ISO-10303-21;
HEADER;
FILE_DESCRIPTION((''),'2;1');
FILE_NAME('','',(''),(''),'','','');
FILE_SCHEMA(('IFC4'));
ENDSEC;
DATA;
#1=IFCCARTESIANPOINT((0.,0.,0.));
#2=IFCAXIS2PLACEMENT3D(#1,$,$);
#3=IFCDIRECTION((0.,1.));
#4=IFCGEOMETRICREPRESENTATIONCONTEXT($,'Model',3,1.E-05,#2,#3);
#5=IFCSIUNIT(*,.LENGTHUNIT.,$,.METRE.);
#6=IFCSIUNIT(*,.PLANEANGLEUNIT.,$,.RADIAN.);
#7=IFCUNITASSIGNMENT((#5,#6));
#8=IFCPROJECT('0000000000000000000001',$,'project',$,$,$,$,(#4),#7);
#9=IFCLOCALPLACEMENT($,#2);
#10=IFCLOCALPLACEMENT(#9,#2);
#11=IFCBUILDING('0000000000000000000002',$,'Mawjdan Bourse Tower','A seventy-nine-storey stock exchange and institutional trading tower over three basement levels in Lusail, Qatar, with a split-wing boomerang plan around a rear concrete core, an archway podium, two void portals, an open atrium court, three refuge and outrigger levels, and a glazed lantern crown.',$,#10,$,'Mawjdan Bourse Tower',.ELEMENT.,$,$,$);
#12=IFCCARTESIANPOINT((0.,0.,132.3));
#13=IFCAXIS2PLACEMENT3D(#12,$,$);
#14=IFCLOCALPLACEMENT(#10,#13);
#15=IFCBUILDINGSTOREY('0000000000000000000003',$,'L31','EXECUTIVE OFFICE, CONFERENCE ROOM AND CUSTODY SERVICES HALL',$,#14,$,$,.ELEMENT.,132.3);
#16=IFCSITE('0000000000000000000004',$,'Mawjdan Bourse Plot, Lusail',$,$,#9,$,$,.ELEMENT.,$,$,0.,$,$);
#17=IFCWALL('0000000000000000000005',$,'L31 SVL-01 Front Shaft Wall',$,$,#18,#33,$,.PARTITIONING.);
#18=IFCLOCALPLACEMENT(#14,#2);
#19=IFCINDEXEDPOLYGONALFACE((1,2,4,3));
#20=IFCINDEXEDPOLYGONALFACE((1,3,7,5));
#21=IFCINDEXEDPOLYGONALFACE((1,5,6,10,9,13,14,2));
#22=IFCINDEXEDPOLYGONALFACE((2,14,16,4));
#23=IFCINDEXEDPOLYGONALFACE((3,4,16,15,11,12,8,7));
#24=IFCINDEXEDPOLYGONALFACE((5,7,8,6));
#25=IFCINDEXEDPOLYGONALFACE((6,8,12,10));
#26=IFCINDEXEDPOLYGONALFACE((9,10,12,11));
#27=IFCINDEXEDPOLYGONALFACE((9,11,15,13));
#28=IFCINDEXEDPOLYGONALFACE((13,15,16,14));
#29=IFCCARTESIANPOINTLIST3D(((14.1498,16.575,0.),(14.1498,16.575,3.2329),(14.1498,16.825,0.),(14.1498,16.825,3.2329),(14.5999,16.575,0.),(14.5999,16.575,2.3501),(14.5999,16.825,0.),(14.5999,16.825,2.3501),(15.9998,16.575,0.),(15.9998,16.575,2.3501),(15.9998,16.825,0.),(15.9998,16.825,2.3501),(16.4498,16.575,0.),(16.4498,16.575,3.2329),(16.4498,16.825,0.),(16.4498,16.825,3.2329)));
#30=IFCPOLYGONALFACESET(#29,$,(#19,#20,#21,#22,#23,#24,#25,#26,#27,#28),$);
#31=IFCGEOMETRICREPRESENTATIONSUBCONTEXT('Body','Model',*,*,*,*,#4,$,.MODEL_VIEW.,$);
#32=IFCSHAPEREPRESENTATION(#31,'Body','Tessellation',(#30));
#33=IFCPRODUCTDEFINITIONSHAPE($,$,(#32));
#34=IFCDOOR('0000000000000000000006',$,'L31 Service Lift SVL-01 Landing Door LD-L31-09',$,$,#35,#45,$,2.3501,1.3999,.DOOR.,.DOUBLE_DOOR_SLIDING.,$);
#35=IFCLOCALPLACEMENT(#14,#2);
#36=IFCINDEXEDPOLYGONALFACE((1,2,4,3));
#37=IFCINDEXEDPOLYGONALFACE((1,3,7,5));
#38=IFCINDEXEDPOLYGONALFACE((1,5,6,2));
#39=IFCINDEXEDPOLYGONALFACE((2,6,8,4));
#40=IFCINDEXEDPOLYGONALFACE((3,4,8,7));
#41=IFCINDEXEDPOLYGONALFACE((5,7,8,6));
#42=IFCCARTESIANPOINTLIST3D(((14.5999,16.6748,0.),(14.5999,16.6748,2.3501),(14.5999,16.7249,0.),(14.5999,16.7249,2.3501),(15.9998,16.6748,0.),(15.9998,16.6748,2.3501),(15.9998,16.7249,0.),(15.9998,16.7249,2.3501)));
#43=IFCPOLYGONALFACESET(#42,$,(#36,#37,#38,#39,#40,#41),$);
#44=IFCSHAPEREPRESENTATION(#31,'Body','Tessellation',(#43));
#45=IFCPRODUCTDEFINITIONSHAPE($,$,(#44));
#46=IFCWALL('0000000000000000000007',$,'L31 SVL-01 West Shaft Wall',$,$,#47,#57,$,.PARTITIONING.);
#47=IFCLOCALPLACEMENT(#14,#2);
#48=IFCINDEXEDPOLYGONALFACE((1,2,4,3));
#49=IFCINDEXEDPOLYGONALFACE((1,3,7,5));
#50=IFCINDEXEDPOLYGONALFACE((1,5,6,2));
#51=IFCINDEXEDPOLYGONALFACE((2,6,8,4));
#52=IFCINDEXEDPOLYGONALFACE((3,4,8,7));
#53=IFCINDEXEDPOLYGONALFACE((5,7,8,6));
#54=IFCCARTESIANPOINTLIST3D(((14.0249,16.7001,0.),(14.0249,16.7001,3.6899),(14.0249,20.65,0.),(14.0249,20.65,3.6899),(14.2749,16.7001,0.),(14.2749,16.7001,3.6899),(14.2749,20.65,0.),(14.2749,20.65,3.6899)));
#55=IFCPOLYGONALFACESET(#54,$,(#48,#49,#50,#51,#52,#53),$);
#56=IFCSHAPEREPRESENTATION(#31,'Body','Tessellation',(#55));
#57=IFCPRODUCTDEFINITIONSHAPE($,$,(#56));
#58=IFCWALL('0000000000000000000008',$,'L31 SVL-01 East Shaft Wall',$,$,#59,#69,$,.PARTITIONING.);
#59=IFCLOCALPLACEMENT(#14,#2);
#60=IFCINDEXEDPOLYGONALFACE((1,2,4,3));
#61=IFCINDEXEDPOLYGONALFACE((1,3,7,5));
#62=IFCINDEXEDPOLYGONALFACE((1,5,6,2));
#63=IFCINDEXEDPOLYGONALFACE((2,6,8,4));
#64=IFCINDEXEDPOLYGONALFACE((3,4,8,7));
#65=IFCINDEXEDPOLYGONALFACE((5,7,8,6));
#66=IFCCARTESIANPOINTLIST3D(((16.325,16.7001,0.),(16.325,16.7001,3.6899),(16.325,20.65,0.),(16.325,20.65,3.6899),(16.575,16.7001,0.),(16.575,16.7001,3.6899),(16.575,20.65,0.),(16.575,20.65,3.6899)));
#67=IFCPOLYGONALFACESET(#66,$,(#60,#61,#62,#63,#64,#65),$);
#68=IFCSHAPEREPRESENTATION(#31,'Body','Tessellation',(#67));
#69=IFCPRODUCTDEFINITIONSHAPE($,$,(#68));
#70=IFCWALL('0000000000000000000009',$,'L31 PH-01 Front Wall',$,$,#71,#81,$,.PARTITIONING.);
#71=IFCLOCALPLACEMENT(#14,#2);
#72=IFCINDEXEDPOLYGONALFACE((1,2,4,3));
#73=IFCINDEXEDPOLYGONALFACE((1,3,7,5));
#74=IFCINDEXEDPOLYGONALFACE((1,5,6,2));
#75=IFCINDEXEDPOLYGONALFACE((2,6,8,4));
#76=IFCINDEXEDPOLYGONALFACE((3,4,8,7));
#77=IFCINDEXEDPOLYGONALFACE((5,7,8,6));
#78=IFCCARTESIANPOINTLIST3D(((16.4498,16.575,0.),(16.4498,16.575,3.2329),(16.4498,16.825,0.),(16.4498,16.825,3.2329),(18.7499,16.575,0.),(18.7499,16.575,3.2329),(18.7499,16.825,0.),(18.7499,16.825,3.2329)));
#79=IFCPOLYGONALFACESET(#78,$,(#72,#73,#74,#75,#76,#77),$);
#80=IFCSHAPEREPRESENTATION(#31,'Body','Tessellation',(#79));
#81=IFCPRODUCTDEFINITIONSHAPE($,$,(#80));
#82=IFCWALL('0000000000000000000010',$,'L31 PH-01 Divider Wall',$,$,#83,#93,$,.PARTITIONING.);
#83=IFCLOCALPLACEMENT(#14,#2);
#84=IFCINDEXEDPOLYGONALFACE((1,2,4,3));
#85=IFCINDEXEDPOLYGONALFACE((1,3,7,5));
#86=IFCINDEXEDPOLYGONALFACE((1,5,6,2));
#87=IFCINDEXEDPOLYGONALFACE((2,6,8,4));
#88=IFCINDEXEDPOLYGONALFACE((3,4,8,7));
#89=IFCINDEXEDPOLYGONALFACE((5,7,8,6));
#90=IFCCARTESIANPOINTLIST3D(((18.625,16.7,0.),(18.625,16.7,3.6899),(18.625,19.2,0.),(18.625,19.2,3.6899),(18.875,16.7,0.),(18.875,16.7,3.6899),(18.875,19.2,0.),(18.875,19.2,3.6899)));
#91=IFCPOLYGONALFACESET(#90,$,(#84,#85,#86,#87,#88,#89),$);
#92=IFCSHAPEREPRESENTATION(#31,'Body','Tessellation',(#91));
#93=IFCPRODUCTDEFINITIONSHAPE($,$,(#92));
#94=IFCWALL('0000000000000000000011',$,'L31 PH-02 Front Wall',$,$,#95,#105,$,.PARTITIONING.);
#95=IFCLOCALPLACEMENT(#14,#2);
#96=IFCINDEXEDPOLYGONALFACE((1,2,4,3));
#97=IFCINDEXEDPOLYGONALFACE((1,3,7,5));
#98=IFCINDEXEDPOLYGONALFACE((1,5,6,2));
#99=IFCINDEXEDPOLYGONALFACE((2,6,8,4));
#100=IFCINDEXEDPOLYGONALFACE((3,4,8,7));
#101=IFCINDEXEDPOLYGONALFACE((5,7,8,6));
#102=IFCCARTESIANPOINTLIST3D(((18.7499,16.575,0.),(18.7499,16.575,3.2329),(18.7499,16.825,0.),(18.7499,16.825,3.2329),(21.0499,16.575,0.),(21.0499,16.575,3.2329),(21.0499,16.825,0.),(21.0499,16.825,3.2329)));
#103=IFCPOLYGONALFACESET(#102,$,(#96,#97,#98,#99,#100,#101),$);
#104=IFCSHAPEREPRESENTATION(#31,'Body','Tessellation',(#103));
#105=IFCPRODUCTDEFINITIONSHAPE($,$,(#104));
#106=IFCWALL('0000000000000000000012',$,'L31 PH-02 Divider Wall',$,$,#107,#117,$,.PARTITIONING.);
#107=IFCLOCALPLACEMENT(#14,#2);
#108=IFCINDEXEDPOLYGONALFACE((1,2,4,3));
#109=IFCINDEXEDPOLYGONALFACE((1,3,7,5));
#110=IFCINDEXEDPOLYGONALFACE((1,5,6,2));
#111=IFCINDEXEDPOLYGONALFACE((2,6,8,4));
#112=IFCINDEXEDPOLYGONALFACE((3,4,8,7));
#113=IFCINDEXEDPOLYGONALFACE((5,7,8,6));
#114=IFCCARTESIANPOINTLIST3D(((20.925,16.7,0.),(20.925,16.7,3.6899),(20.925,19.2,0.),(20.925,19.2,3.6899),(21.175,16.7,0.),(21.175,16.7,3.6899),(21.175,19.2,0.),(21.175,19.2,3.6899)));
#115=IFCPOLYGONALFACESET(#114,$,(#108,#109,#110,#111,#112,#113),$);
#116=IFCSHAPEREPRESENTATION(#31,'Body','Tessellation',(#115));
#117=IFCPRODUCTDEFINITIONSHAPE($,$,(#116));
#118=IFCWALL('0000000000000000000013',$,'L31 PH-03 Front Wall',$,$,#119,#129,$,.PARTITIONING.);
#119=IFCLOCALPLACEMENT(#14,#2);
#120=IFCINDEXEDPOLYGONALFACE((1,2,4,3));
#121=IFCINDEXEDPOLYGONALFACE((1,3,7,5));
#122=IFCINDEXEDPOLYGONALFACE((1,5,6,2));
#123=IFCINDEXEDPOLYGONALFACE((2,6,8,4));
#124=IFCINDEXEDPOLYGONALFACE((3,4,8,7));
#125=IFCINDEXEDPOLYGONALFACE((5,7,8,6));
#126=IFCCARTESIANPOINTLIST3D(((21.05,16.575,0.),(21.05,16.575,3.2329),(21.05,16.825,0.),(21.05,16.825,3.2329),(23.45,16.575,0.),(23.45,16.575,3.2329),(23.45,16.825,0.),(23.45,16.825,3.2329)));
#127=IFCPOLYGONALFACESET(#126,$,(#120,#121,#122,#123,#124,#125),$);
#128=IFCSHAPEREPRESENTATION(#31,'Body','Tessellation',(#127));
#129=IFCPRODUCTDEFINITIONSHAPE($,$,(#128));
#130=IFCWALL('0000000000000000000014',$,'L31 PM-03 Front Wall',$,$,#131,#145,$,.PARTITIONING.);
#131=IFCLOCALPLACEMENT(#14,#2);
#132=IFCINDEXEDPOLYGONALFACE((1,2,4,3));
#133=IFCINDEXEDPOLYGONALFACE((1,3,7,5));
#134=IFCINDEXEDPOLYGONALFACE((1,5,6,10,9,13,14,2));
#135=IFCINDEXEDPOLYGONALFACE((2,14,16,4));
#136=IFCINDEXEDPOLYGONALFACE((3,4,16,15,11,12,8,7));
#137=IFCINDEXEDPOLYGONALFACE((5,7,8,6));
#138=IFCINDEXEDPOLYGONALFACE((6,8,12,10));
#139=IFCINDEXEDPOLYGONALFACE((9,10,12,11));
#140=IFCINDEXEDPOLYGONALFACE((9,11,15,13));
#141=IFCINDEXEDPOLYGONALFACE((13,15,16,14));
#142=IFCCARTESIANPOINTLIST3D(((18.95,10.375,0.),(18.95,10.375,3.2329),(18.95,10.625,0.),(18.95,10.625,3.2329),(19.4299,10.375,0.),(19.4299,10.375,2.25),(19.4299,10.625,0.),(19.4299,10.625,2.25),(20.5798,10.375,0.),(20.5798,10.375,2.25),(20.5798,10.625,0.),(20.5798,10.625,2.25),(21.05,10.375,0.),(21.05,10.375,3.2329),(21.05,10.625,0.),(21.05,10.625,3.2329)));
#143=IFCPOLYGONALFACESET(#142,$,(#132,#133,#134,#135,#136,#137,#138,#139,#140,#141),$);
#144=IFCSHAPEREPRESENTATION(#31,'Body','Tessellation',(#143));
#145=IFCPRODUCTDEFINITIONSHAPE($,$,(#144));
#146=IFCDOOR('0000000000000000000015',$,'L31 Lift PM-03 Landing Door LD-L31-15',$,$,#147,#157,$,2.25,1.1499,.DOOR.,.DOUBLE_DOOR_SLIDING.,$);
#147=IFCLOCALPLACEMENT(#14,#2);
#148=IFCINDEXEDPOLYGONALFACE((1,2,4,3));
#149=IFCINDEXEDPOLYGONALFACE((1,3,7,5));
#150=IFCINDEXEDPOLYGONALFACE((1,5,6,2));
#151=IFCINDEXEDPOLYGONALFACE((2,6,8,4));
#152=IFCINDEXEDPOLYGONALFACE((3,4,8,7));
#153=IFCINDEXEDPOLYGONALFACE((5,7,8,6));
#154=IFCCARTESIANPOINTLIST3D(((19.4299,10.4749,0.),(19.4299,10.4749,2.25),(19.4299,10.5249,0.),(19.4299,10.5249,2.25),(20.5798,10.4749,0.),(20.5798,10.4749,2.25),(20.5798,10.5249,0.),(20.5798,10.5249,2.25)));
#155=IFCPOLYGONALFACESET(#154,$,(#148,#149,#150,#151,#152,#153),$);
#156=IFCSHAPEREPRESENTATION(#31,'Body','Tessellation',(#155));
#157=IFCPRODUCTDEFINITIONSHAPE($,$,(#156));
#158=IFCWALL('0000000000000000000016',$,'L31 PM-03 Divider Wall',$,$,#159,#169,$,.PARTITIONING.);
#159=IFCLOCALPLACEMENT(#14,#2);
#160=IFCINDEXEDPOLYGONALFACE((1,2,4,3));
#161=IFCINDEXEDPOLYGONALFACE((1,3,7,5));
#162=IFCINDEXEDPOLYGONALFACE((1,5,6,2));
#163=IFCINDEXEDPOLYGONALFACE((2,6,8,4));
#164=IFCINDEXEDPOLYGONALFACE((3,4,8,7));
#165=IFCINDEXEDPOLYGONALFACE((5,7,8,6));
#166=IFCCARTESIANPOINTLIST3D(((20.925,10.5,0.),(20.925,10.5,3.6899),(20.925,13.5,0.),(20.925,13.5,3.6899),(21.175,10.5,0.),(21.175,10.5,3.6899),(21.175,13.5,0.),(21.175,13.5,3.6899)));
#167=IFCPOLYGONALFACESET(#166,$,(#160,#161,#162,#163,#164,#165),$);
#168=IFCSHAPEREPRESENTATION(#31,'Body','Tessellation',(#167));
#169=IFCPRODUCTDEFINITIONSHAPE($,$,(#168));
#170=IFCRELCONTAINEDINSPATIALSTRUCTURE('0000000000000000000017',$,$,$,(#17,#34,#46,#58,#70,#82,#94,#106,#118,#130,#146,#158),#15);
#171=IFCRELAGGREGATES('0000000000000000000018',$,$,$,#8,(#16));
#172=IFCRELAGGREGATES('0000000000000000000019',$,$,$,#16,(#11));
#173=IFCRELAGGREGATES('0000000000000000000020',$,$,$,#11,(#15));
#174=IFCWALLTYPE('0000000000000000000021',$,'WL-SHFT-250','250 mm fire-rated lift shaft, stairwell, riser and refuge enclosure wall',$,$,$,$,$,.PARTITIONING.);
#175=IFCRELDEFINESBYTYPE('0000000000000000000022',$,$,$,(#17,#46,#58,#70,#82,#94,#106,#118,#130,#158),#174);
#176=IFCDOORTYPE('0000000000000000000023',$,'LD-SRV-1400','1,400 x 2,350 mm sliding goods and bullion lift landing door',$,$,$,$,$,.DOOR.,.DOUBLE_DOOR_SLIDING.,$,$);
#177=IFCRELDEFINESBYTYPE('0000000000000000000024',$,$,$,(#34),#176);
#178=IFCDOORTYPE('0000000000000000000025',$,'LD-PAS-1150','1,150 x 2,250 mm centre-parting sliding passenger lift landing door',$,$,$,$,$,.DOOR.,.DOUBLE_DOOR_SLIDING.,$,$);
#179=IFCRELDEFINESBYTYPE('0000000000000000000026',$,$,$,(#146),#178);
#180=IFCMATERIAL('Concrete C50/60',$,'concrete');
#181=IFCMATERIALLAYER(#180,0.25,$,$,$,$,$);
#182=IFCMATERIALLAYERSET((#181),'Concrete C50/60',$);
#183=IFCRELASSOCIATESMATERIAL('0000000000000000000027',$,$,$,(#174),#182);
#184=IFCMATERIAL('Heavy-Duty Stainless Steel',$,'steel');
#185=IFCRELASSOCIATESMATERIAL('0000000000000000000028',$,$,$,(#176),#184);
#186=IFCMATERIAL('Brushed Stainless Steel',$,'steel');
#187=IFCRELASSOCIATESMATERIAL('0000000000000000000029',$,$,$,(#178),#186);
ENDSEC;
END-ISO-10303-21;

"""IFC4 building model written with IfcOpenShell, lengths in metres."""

from ifc_helpers import new_model, si_unit, direction, frame, frame_2d, origin, place, context, subcontext, project, spatial, rectangle, extrude, material, layer, layer_set, type_object, element, fill, save


model = new_model("IFC4")

# Units and contexts
model_context = context("Model", 3, precision=1e-05, world=origin(), true_north=direction((0.0, 1.0)))
body_context = subcontext(model_context, "Body", "Model", "MODEL_VIEW")
ifc_project = project(units=[si_unit("LENGTHUNIT", "METRE"), si_unit("PLANEANGLEUNIT", "RADIAN")], contexts=[model_context])

# Site, building, storey
site_placement = place(None, origin())
site = spatial("IfcSite", under=ifc_project, at=site_placement, Name="Mawjdan Bourse Plot, Lusail", CompositionType="ELEMENT", RefElevation=0.0)
building_placement = place(site_placement, origin())
building = spatial("IfcBuilding", under=site, at=building_placement, Name="Mawjdan Bourse Tower", Description="A seventy-nine-storey stock exchange and institutional trading tower over three basement levels in Lusail, Qatar, with a split-wing boomerang plan around a rear concrete core, an archway podium, two void portals, an open atrium court, three refuge and outrigger levels, and a glazed lantern crown.", LongName="Mawjdan Bourse Tower", CompositionType="ELEMENT")
storey_placement = place(building_placement, frame((0.0, 0.0, 132.3)))
storey = spatial("IfcBuildingStorey", under=building, at=storey_placement, Name="L31", Description="EXECUTIVE OFFICE, CONFERENCE ROOM AND CUSTODY SERVICES HALL", CompositionType="ELEMENT", Elevation=132.3)

# Shared definitions
ifc_material_1 = material(Name="Concrete C50/60", Category="concrete")
ifc_layer_1 = layer(ifc_material_1, 0.25)
ifc_layer_set_1 = layer_set([ifc_layer_1], Name="Concrete C50/60")
wall_type_1 = type_object("IfcWallType", Name="WL-SHFT-250", Description="250 mm fire-rated lift shaft, stairwell, riser and refuge enclosure wall", PredefinedType="PARTITIONING", material=ifc_layer_set_1)

# Wall, opening, door
wall_1_placement = place(storey_placement, frame((14.1499, 16.7, 0.0), z_axis=(0.0, 0.0, 1.0), x_axis=(1.0, 0.0, 0.0)))
wall_1 = element("IfcWall", 1, at=wall_1_placement, inside=storey, type_object=wall_type_1, Name="L31 SVL-01 Front Shaft Wall", PredefinedType="PARTITIONING", context=body_context, shape_type="SweptSolid", body=[
    extrude(rectangle(XDim=2.3, YDim=0.25, at=frame_2d((1.1499, 0.0))), origin(), (0.0, 0.0, 1.0), 3.2329),
])
opening_1_placement = place(wall_1_placement, frame((0.45, 0.0, 0.0)))
opening_1 = element("IfcOpeningElement", 2, at=opening_1_placement, cuts=wall_1, PredefinedType="OPENING", context=body_context, shape_type="SweptSolid", body=[
    extrude(rectangle(XDim=1.3999, YDim=2.3501, at=frame_2d((0.7, 1.175))), frame((0.0, 0.135, 0.0), z_axis=(0.0, -1.0, 0.0), x_axis=(1.0, 0.0, 0.0)), (0.0, 0.0, 1.0), 0.27),
])
ifc_material_2 = material(Name="Heavy-Duty Stainless Steel", Category="steel")
door_type_1 = type_object("IfcDoorType", Name="LD-SRV-1400", Description="1,400 x 2,350 mm sliding goods and bullion lift landing door", OperationType="DOUBLE_DOOR_SLIDING", PredefinedType="DOOR", material=ifc_material_2)
door_1_placement = place(opening_1_placement, origin())
door_1 = element("IfcDoor", 3, at=door_1_placement, inside=storey, type_object=door_type_1, Name="L31 Service Lift SVL-01 Landing Door LD-L31-09", OperationType="DOUBLE_DOOR_SLIDING", OverallHeight=2.3501, OverallWidth=1.3999, PredefinedType="DOOR", context=body_context, shape_type="SweptSolid", body=[
    extrude(rectangle(XDim=1.3999, YDim=2.3501, at=frame_2d((0.7, 1.175))), frame((0.0, 0.0249, 0.0), z_axis=(0.0, -1.0, 0.0), x_axis=(1.0, 0.0, 0.0)), (0.0, 0.0, 1.0), 0.05),
])
fill(opening_1, door_1)

# Walls
for number, where, z_axis, x_axis, name in (
    (4, (14.1499, 16.7, 0.0), (0.0, 0.0, 1.0), (0.0, 1.0, 0.0), "L31 SVL-01 West Shaft Wall"),
    (5, (16.45, 16.7, 0.0), (0.0, 0.0, 1.0), (0.0, 1.0, 0.0), "L31 SVL-01 East Shaft Wall"),
):
    element("IfcWall", number, at=place(storey_placement, frame(where, z_axis=z_axis, x_axis=x_axis)), inside=storey, type_object=wall_type_1, Name=name, PredefinedType="PARTITIONING", context=body_context, shape_type="SweptSolid", body=[
        extrude(rectangle(XDim=3.95, YDim=0.25, at=frame_2d((1.9751, 0.0))), origin(), (0.0, 0.0, 1.0), 3.6899),
    ])
wall_2_placement = place(storey_placement, frame((16.45, 16.7, 0.0), z_axis=(0.0, 0.0, 1.0), x_axis=(1.0, 0.0, 0.0)))
element("IfcWall", 6, at=wall_2_placement, inside=storey, type_object=wall_type_1, Name="L31 PH-01 Front Wall", PredefinedType="PARTITIONING", context=body_context, shape_type="SweptSolid", body=[
    extrude(rectangle(XDim=2.3, YDim=0.25, at=frame_2d((1.1499, 0.0))), origin(), (0.0, 0.0, 1.0), 3.2329),
])
wall_3_placement = place(storey_placement, frame((18.75, 16.7, 0.0), z_axis=(0.0, 0.0, 1.0), x_axis=(0.0, 1.0, 0.0)))
element("IfcWall", 7, at=wall_3_placement, inside=storey, type_object=wall_type_1, Name="L31 PH-01 Divider Wall", PredefinedType="PARTITIONING", context=body_context, shape_type="SweptSolid", body=[
    extrude(rectangle(XDim=2.5, YDim=0.25, at=frame_2d((1.25, 0.0))), origin(), (0.0, 0.0, 1.0), 3.6899),
])
wall_4_placement = place(storey_placement, frame((18.75, 16.7, 0.0), z_axis=(0.0, 0.0, 1.0), x_axis=(1.0, 0.0, 0.0)))
element("IfcWall", 8, at=wall_4_placement, inside=storey, type_object=wall_type_1, Name="L31 PH-02 Front Wall", PredefinedType="PARTITIONING", context=body_context, shape_type="SweptSolid", body=[
    extrude(rectangle(XDim=2.3, YDim=0.25, at=frame_2d((1.1499, 0.0))), origin(), (0.0, 0.0, 1.0), 3.2329),
])
wall_5_placement = place(storey_placement, frame((21.05, 16.7, 0.0), z_axis=(0.0, 0.0, 1.0), x_axis=(0.0, 1.0, 0.0)))
element("IfcWall", 9, at=wall_5_placement, inside=storey, type_object=wall_type_1, Name="L31 PH-02 Divider Wall", PredefinedType="PARTITIONING", context=body_context, shape_type="SweptSolid", body=[
    extrude(rectangle(XDim=2.5, YDim=0.25, at=frame_2d((1.25, 0.0))), origin(), (0.0, 0.0, 1.0), 3.6899),
])
wall_6_placement = place(storey_placement, frame((21.05, 16.7, 0.0), z_axis=(0.0, 0.0, 1.0), x_axis=(1.0, 0.0, 0.0)))
element("IfcWall", 10, at=wall_6_placement, inside=storey, type_object=wall_type_1, Name="L31 PH-03 Front Wall", PredefinedType="PARTITIONING", context=body_context, shape_type="SweptSolid", body=[
    extrude(rectangle(XDim=2.3999, YDim=0.25, at=frame_2d((1.2, 0.0))), origin(), (0.0, 0.0, 1.0), 3.2329),
])

# Wall, opening, door
wall_7_placement = place(storey_placement, frame((18.95, 10.5, 0.0), z_axis=(0.0, 0.0, 1.0), x_axis=(1.0, 0.0, 0.0)))
wall_7 = element("IfcWall", 11, at=wall_7_placement, inside=storey, type_object=wall_type_1, Name="L31 PM-03 Front Wall", PredefinedType="PARTITIONING", context=body_context, shape_type="SweptSolid", body=[
    extrude(rectangle(XDim=2.1001, YDim=0.25, at=frame_2d((1.05, 0.0))), origin(), (0.0, 0.0, 1.0), 3.2329),
])
opening_2_placement = place(wall_7_placement, frame((0.48, 0.0, 0.0)))
opening_2 = element("IfcOpeningElement", 12, at=opening_2_placement, cuts=wall_7, PredefinedType="OPENING", context=body_context, shape_type="SweptSolid", body=[
    extrude(rectangle(XDim=1.1499, YDim=2.25, at=frame_2d((0.575, 1.125))), frame((0.0, 0.135, 0.0), z_axis=(0.0, -1.0, 0.0), x_axis=(1.0, 0.0, 0.0)), (0.0, 0.0, 1.0), 0.27),
])
ifc_material_3 = material(Name="Brushed Stainless Steel", Category="steel")
door_type_2 = type_object("IfcDoorType", Name="LD-PAS-1150", Description="1,150 x 2,250 mm centre-parting sliding passenger lift landing door", OperationType="DOUBLE_DOOR_SLIDING", PredefinedType="DOOR", material=ifc_material_3)
door_2_placement = place(opening_2_placement, origin())
door_2 = element("IfcDoor", 13, at=door_2_placement, inside=storey, type_object=door_type_2, Name="L31 Lift PM-03 Landing Door LD-L31-15", OperationType="DOUBLE_DOOR_SLIDING", OverallHeight=2.25, OverallWidth=1.1499, PredefinedType="DOOR", context=body_context, shape_type="SweptSolid", body=[
    extrude(rectangle(XDim=1.1499, YDim=2.25, at=frame_2d((0.575, 1.125))), frame((0.0, 0.0249, 0.0), z_axis=(0.0, -1.0, 0.0), x_axis=(1.0, 0.0, 0.0)), (0.0, 0.0, 1.0), 0.05),
])
fill(opening_2, door_2)

# Wall
wall_8_placement = place(storey_placement, frame((21.05, 10.5, 0.0), z_axis=(0.0, 0.0, 1.0), x_axis=(0.0, 1.0, 0.0)))
element("IfcWall", 14, at=wall_8_placement, inside=storey, type_object=wall_type_1, Name="L31 PM-03 Divider Wall", PredefinedType="PARTITIONING", context=body_context, shape_type="SweptSolid", body=[
    extrude(rectangle(XDim=3.0, YDim=0.25, at=frame_2d((1.5, 0.0))), origin(), (0.0, 0.0, 1.0), 3.6899),
])

save(model, "model.ifc")
